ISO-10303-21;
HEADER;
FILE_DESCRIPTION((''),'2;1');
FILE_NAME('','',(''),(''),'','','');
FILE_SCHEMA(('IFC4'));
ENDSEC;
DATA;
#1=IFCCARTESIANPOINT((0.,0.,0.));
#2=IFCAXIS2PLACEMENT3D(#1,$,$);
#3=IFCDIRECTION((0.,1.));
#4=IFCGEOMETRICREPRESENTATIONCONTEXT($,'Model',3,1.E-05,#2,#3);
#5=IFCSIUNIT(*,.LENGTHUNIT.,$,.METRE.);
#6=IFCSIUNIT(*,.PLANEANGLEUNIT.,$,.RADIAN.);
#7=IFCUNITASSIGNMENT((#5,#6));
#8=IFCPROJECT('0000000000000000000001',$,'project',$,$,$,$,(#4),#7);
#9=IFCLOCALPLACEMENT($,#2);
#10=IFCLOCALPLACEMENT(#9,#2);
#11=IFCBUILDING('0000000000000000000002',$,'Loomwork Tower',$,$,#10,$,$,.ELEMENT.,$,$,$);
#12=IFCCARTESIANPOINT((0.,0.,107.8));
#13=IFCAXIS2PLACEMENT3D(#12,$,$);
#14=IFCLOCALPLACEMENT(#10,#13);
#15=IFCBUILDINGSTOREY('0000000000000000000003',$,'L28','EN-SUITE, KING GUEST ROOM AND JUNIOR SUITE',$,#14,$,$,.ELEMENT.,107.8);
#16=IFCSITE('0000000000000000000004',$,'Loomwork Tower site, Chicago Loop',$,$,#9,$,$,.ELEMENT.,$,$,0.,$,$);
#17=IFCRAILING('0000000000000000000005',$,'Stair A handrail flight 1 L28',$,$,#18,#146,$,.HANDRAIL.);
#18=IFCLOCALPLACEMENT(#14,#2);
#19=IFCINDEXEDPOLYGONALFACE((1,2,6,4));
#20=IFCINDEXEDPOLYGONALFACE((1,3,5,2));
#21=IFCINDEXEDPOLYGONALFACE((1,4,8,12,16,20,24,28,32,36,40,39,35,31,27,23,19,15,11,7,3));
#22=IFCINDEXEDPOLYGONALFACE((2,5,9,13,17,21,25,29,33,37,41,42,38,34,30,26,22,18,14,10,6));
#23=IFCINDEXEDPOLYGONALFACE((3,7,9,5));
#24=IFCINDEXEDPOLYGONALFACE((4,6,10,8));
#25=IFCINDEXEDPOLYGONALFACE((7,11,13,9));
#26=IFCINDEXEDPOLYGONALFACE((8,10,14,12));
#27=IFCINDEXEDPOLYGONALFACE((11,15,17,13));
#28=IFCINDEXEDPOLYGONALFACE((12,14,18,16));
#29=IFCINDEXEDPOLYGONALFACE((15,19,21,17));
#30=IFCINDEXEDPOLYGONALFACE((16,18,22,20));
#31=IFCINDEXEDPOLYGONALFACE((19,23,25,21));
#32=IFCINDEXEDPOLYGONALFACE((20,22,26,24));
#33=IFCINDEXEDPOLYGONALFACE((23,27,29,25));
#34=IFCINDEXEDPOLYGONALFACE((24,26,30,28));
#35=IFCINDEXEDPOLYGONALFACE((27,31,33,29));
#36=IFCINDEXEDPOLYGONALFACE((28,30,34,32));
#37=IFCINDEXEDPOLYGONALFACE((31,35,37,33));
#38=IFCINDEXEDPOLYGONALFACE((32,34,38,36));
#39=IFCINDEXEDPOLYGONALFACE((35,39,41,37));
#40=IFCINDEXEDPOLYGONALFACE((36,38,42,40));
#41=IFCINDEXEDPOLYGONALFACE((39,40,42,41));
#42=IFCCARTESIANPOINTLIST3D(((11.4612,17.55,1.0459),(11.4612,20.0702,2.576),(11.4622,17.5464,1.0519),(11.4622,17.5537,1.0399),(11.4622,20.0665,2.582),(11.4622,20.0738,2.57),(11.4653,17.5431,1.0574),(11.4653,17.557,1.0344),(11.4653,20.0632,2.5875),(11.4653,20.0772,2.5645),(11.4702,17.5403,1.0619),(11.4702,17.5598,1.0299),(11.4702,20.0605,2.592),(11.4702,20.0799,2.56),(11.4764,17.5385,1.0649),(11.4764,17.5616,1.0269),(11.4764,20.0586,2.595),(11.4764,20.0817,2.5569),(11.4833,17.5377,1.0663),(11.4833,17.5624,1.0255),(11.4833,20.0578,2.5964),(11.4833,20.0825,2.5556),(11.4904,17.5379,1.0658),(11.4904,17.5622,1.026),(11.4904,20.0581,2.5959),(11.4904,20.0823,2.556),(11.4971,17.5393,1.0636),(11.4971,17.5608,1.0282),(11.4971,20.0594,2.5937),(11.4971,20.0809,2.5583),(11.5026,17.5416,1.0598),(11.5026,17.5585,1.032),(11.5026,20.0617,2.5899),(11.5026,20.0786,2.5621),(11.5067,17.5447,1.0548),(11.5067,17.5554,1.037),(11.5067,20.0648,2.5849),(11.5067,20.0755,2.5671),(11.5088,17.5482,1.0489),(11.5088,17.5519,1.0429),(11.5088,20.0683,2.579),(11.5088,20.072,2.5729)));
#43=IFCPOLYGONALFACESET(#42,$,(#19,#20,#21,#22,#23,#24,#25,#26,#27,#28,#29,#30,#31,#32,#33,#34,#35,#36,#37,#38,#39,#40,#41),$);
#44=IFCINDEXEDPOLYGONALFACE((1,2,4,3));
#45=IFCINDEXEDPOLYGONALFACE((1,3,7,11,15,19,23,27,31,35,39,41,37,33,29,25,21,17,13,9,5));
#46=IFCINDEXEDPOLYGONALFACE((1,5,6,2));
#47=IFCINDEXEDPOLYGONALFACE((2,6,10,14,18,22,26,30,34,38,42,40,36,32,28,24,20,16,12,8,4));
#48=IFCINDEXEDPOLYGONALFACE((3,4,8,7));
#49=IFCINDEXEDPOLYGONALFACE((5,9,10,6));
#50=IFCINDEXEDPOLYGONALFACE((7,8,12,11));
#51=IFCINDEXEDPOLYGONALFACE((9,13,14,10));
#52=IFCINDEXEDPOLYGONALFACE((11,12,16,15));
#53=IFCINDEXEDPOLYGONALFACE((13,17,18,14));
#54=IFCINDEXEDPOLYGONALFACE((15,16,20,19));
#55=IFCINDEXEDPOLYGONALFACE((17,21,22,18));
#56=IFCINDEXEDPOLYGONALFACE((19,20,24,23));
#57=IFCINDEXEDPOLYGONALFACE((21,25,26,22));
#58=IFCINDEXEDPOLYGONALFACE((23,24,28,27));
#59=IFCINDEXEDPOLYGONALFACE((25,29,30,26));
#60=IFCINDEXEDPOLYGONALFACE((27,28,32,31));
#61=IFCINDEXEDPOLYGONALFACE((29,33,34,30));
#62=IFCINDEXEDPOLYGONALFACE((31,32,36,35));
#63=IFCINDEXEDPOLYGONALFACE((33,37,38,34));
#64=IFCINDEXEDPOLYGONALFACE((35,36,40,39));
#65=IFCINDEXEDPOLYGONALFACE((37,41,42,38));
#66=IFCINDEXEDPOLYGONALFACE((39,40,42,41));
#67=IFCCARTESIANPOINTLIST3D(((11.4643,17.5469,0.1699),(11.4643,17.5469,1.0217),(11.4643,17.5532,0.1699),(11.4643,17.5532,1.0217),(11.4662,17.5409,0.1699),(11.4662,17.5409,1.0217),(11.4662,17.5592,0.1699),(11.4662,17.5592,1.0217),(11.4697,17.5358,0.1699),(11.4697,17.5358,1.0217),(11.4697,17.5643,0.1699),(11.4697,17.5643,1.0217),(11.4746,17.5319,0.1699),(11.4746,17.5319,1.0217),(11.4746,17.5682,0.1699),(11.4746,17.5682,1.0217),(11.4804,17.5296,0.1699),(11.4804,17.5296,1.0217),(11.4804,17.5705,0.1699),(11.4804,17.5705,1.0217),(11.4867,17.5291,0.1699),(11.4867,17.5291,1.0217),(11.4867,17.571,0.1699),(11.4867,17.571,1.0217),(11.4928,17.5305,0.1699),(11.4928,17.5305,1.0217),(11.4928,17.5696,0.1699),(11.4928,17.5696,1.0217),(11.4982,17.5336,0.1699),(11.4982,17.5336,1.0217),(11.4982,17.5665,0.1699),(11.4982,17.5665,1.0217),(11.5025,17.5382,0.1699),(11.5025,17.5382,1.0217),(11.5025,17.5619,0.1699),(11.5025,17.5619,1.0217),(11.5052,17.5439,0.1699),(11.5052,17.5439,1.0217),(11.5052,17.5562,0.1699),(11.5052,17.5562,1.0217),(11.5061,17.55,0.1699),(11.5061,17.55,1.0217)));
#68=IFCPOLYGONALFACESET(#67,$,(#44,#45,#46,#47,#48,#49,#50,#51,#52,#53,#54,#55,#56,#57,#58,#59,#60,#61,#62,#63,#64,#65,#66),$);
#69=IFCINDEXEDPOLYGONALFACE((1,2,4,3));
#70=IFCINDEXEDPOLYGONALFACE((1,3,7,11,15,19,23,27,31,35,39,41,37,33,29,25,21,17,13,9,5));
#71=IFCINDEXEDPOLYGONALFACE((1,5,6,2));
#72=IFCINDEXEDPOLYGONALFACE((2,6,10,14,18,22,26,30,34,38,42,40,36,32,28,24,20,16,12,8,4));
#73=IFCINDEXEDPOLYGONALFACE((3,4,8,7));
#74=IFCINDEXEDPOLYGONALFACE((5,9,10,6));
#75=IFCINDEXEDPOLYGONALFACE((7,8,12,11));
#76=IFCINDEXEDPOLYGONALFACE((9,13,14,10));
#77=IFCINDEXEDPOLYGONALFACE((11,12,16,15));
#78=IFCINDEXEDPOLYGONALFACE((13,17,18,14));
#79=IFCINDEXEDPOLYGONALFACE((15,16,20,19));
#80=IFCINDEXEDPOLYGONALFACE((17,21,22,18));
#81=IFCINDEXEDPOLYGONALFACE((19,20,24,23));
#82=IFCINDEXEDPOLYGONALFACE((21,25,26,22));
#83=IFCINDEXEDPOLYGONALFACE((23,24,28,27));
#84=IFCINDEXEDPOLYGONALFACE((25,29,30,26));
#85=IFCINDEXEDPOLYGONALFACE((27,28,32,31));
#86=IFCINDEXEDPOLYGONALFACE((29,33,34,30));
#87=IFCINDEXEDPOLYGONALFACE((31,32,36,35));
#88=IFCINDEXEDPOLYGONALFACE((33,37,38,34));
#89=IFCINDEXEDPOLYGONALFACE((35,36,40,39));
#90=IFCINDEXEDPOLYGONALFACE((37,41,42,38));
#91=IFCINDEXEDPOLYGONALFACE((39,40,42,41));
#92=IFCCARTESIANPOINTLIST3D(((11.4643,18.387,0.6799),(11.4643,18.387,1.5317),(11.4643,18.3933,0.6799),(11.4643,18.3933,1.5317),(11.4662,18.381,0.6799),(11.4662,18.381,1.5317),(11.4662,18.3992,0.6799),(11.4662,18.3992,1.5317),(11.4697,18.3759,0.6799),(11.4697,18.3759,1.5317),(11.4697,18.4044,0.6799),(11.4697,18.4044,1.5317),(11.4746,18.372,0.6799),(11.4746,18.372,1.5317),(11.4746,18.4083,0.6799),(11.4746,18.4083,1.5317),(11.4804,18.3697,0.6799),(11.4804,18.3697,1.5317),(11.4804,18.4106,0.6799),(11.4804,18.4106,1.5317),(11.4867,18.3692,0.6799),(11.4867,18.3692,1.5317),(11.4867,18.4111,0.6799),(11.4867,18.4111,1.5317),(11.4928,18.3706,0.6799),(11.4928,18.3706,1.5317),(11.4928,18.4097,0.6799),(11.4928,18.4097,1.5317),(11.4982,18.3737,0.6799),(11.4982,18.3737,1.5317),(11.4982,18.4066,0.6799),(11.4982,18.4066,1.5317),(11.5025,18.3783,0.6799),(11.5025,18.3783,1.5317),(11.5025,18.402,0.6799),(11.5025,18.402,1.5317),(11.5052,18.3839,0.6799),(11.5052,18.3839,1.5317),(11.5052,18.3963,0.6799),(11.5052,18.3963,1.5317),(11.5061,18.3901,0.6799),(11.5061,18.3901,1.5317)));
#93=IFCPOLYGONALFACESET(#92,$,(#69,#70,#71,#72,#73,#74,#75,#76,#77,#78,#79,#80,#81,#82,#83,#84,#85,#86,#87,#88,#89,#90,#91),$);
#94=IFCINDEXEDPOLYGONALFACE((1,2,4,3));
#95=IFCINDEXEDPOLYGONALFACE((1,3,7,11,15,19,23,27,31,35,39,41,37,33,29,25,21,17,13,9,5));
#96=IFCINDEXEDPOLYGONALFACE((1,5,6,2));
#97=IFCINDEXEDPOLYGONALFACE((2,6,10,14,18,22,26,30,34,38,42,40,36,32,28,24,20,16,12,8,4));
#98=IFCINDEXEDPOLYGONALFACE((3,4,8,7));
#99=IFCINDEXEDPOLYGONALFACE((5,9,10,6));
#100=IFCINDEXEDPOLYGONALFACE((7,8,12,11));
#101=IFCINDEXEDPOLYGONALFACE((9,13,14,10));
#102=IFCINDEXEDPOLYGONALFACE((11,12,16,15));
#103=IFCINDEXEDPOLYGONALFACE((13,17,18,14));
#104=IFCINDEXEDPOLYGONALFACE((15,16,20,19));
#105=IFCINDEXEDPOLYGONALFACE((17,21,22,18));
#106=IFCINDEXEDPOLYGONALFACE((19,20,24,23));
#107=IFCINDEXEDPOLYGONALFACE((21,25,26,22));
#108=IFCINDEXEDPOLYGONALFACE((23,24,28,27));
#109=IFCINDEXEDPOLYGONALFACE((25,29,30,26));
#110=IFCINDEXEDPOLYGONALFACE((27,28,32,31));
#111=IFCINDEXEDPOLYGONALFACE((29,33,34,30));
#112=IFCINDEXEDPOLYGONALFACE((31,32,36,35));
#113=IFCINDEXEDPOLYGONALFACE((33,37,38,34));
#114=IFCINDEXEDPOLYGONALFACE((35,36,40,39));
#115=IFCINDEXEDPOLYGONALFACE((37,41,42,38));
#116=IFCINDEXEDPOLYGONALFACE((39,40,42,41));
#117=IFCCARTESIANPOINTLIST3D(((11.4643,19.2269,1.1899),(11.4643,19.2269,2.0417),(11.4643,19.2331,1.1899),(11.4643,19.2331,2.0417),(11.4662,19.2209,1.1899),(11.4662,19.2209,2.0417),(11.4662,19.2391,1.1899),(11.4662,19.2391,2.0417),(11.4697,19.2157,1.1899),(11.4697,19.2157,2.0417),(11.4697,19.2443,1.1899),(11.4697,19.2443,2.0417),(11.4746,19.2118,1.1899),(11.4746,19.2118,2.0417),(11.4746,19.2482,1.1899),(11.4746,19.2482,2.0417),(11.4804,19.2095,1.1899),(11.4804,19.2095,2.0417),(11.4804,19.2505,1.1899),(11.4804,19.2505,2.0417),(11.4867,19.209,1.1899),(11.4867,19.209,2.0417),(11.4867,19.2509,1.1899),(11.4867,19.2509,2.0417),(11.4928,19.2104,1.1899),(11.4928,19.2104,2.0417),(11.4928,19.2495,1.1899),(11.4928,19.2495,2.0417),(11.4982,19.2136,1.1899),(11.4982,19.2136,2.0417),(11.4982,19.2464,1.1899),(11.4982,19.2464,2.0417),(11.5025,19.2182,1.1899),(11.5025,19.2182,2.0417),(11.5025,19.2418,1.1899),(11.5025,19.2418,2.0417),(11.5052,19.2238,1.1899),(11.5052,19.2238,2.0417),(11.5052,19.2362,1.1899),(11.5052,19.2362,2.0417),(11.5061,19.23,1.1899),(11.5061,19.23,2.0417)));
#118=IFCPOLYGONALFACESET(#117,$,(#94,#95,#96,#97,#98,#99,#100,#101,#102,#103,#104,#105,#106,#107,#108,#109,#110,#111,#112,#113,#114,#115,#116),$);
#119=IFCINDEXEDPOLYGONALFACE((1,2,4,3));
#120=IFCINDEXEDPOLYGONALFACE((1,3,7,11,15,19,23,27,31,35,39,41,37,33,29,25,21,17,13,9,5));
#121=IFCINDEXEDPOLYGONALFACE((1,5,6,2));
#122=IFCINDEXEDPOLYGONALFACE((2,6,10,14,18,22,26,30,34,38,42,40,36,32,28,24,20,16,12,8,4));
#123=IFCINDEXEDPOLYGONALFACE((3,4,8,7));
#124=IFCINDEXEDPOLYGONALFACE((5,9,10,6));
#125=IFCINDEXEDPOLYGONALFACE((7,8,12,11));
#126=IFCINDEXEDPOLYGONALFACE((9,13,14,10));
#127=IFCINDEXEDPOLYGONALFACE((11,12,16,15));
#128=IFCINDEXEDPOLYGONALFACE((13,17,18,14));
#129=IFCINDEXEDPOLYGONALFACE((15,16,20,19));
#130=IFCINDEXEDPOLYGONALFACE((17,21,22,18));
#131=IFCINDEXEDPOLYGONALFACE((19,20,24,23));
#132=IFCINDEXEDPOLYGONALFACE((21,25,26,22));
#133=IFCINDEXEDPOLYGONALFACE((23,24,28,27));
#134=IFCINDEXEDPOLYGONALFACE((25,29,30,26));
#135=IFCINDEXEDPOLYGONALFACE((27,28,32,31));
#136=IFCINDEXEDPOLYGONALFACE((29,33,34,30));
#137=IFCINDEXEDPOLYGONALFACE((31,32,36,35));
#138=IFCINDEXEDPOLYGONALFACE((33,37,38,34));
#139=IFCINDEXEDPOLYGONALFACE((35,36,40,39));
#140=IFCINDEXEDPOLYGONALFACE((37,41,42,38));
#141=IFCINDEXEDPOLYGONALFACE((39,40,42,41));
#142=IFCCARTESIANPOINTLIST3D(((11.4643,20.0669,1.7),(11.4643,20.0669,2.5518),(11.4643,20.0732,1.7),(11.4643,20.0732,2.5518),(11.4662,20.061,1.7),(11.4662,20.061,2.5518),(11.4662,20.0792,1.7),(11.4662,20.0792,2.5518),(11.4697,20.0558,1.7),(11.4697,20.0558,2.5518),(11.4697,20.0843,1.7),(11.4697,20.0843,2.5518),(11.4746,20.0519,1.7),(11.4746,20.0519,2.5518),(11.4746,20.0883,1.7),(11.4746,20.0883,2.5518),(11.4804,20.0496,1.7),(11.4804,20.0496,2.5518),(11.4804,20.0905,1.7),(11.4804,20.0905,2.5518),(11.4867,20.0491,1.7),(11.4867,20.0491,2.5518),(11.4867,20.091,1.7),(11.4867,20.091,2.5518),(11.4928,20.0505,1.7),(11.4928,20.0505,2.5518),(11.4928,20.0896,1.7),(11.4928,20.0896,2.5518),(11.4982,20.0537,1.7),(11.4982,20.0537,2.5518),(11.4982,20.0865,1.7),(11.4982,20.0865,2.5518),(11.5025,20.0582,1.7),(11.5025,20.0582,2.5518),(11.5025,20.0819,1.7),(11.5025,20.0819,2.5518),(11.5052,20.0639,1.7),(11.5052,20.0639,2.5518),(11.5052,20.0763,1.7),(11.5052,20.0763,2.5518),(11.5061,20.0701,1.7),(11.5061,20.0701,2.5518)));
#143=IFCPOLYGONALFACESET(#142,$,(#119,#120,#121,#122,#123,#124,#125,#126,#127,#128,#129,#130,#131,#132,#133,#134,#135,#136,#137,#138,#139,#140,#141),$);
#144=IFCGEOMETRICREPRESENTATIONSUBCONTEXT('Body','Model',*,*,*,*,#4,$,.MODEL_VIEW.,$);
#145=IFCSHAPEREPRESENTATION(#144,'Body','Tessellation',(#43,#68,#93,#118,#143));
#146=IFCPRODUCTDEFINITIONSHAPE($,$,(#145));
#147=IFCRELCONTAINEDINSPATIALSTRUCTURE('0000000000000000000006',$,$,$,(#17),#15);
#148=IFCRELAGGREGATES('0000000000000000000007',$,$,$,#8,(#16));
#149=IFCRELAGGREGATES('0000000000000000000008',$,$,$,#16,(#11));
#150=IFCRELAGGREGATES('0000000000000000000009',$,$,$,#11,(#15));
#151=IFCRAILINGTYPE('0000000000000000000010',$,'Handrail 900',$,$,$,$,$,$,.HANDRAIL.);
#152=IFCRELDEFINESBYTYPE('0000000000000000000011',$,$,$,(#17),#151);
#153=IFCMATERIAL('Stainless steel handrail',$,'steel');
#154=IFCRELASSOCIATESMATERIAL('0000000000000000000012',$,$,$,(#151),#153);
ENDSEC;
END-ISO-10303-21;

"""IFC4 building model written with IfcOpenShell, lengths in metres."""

from ifc_helpers import new_model, si_unit, direction, frame, origin, origin_2d, place, context, subcontext, project, spatial, circle, extrude, material, type_object, element, save


model = new_model("IFC4")

# Units and contexts
model_context = context("Model", 3, precision=1e-05, world=origin(), true_north=direction((0.0, 1.0)))
body_context = subcontext(model_context, "Body", "Model", "MODEL_VIEW")
ifc_project = project(units=[si_unit("LENGTHUNIT", "METRE"), si_unit("PLANEANGLEUNIT", "RADIAN")], contexts=[model_context])

# Site, building, storey
site_placement = place(None, origin())
site = spatial("IfcSite", under=ifc_project, at=site_placement, Name="Loomwork Tower site, Chicago Loop", CompositionType="ELEMENT", RefElevation=0.0)
building_placement = place(site_placement, origin())
building = spatial("IfcBuilding", under=site, at=building_placement, Name="Loomwork Tower", CompositionType="ELEMENT")
storey_placement = place(building_placement, frame((0.0, 0.0, 107.8)))
storey = spatial("IfcBuildingStorey", under=building, at=storey_placement, Name="L28", Description="EN-SUITE, KING GUEST ROOM AND JUNIOR SUITE", CompositionType="ELEMENT", Elevation=107.8)

# Railing
ifc_material_1 = material(Name="Stainless steel handrail", Category="steel")
railing_type = type_object("IfcRailingType", Name="Handrail 900", PredefinedType="HANDRAIL", material=ifc_material_1)
railing_1_placement = place(storey_placement, frame((11.4851, 17.55, 0.1699)))
element("IfcRailing", 1, at=railing_1_placement, inside=storey, type_object=railing_type, Name="Stair A handrail flight 1 L28", PredefinedType="HANDRAIL", context=body_context, shape_type="SweptSolid", body=[
    extrude(circle(Radius=0.0239, at=origin_2d()), frame((0.0, 0.0, 0.876), z_axis=(0.0, 0.854785, 0.518982), x_axis=(-1.0, 0.0, 0.0)), (0.0, 0.0, 1.0), 2.9482),
    extrude(circle(Radius=0.021, at=origin_2d()), origin(), (0.0, 0.0, 1.0), 0.8518),
    extrude(circle(Radius=0.021, at=origin_2d()), frame((0.0, 0.8401, 0.51)), (0.0, 0.0, 1.0), 0.8518),
    extrude(circle(Radius=0.021, at=origin_2d()), frame((0.0, 1.6799, 1.02)), (0.0, 0.0, 1.0), 0.8518),
    extrude(circle(Radius=0.021, at=origin_2d()), frame((0.0, 2.52, 1.53)), (0.0, 0.0, 1.0), 0.8518),
])

save(model, "model.ifc")
